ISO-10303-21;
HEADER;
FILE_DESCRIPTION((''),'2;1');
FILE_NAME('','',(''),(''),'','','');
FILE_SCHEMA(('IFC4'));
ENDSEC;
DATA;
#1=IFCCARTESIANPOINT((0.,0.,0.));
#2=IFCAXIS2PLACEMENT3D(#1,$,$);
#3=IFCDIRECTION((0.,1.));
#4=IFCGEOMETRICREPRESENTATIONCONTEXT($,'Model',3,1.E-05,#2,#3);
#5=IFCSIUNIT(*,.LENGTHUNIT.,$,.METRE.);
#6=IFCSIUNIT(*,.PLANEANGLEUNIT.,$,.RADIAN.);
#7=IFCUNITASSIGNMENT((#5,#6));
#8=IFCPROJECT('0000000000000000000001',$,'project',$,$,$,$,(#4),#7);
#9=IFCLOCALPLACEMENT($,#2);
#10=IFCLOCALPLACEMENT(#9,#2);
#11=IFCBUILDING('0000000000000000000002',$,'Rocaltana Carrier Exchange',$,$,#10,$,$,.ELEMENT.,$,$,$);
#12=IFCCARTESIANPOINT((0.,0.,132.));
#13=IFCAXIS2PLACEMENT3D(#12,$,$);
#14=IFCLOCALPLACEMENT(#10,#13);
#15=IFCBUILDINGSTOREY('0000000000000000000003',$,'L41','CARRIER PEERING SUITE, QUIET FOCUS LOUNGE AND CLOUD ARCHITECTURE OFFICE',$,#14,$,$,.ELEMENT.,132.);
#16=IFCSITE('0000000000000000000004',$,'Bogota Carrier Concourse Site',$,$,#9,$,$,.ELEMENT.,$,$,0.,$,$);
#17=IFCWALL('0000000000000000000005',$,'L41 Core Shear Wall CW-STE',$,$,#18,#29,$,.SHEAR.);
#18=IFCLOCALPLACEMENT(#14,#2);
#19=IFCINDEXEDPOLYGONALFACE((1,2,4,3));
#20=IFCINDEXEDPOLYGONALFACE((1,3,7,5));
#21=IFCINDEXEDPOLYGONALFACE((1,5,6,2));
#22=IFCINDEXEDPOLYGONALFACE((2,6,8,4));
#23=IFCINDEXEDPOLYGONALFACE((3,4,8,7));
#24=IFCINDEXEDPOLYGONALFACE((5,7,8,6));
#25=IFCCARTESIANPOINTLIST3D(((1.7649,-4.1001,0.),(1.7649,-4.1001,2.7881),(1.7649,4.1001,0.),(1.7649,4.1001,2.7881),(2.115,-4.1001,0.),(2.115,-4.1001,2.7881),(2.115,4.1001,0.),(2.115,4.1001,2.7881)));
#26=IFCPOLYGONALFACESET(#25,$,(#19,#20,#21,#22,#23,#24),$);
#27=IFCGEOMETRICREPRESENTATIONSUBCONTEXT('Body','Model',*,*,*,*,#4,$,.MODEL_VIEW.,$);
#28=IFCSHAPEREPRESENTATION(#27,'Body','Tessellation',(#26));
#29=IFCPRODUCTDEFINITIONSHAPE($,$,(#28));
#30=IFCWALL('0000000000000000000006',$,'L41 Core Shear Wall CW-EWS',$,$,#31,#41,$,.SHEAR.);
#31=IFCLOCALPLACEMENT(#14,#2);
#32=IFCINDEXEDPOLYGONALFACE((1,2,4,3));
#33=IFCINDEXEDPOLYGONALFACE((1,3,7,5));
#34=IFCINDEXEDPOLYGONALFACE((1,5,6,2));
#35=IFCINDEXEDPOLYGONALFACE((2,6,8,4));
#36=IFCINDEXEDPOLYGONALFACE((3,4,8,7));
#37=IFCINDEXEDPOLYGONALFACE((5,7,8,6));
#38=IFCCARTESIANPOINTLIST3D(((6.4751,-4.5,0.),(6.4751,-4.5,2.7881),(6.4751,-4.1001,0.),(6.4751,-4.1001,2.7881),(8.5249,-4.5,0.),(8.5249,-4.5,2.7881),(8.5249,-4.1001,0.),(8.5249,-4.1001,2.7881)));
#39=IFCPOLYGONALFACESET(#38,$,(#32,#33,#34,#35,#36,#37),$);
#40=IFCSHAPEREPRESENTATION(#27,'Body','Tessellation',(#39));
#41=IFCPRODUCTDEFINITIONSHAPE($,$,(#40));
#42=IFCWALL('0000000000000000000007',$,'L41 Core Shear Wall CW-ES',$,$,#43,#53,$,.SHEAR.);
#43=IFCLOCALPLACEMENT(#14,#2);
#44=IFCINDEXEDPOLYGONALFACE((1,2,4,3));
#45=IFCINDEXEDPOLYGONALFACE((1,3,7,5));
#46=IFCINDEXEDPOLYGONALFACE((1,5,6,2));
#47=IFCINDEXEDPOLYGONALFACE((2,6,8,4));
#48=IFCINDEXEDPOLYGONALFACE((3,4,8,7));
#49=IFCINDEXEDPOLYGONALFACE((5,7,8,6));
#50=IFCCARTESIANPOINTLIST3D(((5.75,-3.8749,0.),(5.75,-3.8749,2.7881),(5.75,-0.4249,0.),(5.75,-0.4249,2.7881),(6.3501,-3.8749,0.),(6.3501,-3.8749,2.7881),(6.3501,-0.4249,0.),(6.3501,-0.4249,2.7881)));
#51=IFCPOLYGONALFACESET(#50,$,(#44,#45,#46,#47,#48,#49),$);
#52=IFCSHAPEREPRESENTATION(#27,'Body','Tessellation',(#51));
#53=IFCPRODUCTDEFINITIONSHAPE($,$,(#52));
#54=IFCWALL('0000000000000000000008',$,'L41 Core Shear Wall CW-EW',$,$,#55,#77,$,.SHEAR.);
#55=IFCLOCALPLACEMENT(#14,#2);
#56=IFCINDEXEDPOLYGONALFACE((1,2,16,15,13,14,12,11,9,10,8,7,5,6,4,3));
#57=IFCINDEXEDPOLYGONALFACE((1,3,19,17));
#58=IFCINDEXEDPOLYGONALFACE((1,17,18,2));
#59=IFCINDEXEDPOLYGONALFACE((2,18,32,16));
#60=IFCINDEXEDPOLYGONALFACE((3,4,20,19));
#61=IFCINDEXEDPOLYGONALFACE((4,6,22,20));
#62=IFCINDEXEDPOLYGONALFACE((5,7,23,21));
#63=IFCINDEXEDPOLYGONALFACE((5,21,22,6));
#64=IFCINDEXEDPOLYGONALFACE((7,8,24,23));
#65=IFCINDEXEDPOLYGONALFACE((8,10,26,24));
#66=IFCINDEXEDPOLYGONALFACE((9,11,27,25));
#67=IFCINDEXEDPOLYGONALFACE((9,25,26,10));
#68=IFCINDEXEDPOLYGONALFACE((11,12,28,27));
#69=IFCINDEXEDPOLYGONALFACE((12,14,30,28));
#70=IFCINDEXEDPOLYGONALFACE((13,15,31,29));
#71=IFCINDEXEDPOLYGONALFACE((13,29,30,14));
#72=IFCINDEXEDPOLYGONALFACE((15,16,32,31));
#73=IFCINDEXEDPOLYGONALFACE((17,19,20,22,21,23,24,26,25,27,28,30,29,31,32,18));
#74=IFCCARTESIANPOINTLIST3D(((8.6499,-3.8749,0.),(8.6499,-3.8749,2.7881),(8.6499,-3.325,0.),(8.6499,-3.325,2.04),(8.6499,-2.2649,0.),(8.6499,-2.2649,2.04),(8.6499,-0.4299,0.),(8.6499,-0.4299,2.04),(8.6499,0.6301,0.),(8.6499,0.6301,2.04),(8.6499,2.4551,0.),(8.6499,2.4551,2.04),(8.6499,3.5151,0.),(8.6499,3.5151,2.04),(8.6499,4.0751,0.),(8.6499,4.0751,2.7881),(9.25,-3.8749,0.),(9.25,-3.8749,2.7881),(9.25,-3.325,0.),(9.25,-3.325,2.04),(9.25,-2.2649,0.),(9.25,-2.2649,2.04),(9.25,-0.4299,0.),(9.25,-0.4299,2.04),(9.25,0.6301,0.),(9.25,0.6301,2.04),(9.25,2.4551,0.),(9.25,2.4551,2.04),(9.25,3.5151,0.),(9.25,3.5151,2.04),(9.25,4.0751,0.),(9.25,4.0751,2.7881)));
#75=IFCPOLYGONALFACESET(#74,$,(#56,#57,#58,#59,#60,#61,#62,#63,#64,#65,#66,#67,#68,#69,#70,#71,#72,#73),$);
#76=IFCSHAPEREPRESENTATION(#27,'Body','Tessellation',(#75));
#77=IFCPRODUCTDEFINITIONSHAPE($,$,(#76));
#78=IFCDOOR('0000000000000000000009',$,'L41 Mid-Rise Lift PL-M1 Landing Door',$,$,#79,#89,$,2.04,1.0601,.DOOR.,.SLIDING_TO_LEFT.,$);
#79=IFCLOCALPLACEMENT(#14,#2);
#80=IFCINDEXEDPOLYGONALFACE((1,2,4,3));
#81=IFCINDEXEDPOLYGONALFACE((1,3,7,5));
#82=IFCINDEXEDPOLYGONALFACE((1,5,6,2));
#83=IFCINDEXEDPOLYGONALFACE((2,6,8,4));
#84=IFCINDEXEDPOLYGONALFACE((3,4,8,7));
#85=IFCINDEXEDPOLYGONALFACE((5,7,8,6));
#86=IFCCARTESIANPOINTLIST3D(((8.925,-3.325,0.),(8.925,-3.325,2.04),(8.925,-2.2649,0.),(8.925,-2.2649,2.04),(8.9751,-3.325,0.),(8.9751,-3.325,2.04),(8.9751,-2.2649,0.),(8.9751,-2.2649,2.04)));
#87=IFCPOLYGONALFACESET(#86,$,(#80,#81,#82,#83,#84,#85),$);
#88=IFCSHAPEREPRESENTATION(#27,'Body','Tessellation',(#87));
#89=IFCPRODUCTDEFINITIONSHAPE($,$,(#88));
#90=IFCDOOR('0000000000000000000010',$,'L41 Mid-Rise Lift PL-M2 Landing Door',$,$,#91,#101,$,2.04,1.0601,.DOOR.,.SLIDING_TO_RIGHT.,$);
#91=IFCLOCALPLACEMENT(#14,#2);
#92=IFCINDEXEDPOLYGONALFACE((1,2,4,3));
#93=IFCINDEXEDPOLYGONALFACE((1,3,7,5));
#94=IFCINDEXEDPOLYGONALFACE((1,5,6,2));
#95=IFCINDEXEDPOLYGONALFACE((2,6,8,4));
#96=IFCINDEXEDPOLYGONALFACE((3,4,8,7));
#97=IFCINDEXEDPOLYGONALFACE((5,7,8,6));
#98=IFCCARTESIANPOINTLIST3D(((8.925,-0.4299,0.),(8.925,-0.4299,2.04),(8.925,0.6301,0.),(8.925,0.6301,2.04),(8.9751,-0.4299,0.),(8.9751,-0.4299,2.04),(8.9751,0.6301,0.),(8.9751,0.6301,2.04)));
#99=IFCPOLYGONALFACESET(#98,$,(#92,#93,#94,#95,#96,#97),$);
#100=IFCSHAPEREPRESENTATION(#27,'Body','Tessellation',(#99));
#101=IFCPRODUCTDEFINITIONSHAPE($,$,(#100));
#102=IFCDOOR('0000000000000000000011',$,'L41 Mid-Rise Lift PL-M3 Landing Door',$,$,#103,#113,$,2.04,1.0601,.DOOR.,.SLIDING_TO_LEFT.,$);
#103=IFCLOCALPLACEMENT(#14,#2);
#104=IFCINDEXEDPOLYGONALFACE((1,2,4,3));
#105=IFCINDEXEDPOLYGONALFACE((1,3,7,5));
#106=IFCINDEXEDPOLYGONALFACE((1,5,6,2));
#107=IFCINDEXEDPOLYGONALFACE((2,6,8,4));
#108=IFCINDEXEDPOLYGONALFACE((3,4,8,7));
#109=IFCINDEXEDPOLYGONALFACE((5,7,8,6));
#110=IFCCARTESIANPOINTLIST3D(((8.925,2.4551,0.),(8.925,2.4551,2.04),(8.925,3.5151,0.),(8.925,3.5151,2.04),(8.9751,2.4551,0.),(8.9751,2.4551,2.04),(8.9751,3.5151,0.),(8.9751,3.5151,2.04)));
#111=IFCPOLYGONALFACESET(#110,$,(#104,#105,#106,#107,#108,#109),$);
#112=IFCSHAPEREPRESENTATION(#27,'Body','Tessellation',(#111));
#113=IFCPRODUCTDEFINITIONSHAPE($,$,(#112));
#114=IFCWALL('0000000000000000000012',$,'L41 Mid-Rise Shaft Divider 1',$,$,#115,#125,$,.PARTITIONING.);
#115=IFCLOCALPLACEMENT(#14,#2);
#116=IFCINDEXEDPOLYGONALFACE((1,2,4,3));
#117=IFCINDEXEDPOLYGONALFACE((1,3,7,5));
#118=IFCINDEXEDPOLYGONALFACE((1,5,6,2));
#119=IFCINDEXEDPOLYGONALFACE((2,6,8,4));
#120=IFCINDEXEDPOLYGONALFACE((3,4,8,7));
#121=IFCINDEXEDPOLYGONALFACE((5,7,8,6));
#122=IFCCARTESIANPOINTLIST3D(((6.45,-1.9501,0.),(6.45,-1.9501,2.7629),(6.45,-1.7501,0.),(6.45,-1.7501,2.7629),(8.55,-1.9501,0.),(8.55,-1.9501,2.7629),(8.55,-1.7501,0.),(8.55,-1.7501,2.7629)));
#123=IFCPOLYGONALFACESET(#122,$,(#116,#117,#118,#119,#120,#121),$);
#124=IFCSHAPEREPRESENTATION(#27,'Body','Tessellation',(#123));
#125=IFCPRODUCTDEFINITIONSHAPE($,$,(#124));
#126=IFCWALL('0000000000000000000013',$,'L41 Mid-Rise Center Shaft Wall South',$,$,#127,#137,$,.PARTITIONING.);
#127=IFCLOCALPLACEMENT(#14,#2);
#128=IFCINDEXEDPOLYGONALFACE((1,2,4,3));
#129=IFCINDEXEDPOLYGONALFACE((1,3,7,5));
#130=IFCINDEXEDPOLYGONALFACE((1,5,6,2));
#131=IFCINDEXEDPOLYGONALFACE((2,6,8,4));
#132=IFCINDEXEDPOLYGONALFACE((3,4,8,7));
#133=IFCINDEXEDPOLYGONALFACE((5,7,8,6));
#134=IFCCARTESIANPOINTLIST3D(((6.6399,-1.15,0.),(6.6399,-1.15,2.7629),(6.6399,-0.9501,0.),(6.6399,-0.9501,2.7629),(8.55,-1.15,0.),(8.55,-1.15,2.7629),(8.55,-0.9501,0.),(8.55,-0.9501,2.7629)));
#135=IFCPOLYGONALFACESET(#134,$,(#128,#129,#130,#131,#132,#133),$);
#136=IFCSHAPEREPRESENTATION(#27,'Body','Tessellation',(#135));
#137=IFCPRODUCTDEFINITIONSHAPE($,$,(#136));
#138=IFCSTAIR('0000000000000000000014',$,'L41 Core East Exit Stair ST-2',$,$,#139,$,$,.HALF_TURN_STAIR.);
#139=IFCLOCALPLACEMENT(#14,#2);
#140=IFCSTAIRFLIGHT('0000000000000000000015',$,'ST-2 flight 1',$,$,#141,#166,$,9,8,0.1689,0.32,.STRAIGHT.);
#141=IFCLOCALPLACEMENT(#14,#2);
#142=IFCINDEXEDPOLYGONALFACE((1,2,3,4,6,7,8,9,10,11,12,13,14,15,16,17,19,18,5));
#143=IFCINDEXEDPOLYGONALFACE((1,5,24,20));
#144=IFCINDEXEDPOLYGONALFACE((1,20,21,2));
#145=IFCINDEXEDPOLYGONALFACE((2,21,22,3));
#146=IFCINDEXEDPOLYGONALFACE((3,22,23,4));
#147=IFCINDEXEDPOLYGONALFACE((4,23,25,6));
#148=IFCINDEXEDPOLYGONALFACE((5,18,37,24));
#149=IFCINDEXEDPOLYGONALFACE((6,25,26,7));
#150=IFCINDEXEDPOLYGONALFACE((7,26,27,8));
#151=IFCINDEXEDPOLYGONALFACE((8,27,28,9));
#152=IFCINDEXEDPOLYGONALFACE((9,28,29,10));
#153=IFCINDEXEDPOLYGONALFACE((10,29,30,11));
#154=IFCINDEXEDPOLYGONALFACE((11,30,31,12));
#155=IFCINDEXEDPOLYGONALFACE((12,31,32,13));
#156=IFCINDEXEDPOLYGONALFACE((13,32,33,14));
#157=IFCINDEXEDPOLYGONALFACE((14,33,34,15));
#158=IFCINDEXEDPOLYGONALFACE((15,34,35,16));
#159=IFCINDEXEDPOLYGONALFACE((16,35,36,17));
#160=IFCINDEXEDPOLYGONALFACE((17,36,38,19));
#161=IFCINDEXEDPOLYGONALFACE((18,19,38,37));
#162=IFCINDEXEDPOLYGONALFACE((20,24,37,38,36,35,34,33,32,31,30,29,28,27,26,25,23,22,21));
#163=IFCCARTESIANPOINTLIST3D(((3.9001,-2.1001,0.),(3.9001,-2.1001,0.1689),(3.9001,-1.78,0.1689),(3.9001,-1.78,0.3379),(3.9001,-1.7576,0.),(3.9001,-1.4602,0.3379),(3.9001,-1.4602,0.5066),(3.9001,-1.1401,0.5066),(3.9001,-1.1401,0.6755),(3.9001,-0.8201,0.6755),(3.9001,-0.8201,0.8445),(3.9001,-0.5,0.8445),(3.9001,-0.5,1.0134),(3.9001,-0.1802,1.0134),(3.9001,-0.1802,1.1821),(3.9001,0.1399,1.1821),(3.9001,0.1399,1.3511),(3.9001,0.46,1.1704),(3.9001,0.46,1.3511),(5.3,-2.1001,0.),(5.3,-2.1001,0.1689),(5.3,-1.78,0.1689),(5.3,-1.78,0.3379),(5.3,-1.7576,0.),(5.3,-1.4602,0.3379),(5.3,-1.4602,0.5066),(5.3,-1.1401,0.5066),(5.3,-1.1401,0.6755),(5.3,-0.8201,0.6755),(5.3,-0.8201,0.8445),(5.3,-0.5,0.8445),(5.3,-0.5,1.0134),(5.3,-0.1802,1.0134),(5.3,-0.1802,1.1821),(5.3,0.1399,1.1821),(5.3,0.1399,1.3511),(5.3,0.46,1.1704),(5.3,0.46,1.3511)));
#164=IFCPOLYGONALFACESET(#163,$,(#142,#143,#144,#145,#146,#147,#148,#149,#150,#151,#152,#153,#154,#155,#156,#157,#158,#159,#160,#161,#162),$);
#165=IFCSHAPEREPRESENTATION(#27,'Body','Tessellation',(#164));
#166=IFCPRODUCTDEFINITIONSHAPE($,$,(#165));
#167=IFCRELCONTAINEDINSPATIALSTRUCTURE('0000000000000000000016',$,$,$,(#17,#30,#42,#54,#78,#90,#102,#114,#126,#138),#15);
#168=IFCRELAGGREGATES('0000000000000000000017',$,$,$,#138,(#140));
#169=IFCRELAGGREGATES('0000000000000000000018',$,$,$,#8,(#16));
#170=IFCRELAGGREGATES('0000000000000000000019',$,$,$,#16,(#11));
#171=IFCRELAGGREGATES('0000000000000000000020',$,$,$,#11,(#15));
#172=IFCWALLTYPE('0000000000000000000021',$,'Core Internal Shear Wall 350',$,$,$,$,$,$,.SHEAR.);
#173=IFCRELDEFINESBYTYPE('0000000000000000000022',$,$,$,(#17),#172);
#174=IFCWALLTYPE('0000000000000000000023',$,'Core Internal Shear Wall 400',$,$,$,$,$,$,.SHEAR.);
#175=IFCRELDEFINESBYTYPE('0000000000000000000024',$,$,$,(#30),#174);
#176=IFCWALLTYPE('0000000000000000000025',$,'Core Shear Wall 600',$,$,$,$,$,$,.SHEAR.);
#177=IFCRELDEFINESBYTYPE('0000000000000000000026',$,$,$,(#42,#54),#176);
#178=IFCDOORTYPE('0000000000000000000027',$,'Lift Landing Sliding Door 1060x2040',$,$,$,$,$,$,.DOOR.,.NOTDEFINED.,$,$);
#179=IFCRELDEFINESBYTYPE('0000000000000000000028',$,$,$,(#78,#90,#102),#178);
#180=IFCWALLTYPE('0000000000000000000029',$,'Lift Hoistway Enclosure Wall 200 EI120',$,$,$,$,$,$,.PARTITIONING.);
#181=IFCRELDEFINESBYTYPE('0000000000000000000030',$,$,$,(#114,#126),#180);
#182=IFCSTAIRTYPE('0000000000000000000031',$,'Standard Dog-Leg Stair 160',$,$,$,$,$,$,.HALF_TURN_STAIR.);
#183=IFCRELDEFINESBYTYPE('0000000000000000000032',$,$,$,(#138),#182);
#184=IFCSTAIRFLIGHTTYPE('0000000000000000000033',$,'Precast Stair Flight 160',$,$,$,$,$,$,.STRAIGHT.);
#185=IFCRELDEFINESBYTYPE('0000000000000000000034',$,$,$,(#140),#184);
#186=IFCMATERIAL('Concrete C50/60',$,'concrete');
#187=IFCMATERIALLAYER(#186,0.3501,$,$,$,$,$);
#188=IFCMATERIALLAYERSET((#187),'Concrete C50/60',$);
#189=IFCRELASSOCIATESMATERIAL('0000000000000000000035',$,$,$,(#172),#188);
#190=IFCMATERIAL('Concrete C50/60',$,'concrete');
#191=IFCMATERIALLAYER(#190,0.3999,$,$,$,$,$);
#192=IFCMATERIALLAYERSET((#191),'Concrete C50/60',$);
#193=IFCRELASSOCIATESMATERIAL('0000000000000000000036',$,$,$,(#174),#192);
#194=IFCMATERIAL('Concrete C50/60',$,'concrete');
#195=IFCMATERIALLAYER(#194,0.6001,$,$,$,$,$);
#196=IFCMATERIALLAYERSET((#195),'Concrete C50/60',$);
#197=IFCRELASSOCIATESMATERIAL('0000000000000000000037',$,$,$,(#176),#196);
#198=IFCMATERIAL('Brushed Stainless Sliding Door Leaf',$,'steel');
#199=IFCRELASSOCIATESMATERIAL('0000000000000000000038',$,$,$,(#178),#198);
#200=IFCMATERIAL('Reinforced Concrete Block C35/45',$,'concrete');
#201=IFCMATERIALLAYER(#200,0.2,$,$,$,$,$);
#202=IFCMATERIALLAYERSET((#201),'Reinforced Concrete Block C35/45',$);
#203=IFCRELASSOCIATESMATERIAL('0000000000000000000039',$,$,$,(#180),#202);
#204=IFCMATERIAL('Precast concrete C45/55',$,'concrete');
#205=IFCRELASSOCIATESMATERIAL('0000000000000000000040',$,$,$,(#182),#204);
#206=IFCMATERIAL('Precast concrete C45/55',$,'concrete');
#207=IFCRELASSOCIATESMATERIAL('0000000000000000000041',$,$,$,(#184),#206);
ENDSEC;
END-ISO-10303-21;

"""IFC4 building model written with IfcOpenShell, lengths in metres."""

from ifc_helpers import new_model, si_unit, direction, frame, frame_2d, origin, place, context, subcontext, project, spatial, polyline, rectangle, outline, extrude, material, layer, layer_set, type_object, element, fill, aggregate, save


model = new_model("IFC4")

# Units and contexts
model_context = context("Model", 3, precision=1e-05, world=origin(), true_north=direction((0.0, 1.0)))
body_context = subcontext(model_context, "Body", "Model", "MODEL_VIEW")
ifc_project = project(units=[si_unit("LENGTHUNIT", "METRE"), si_unit("PLANEANGLEUNIT", "RADIAN")], contexts=[model_context])

# Site, building, storey
site_placement = place(None, origin())
site = spatial("IfcSite", under=ifc_project, at=site_placement, Name="Bogota Carrier Concourse Site", CompositionType="ELEMENT", RefElevation=0.0)
building_placement = place(site_placement, origin())
building = spatial("IfcBuilding", under=site, at=building_placement, Name="Rocaltana Carrier Exchange", CompositionType="ELEMENT")
storey_placement = place(building_placement, frame((0.0, 0.0, 132.0)))
storey = spatial("IfcBuildingStorey", under=building, at=storey_placement, Name="L41", Description="CARRIER PEERING SUITE, QUIET FOCUS LOUNGE AND CLOUD ARCHITECTURE OFFICE", CompositionType="ELEMENT", Elevation=132.0)

# Walls
ifc_material_1 = material(Name="Concrete C50/60", Category="concrete")
ifc_layer_1 = layer(ifc_material_1, 0.3501)
ifc_layer_set_1 = layer_set([ifc_layer_1], Name="Concrete C50/60")
wall_type_1 = type_object("IfcWallType", Name="Core Internal Shear Wall 350", PredefinedType="SHEAR", material=ifc_layer_set_1)
wall_1_placement = place(storey_placement, frame((1.9399, -4.1001, 0.0), z_axis=(0.0, 0.0, 1.0), x_axis=(0.0, 1.0, 0.0)))
element("IfcWall", 1, at=wall_1_placement, inside=storey, type_object=wall_type_1, Name="L41 Core Shear Wall CW-STE", PredefinedType="SHEAR", context=body_context, shape_type="SweptSolid", body=[
    extrude(rectangle(XDim=8.2002, YDim=0.3501, at=frame_2d((4.1001, 0.0))), origin(), (0.0, 0.0, 1.0), 2.7881),
])
ifc_material_2 = material(Name="Concrete C50/60", Category="concrete")
ifc_layer_2 = layer(ifc_material_2, 0.3999)
ifc_layer_set_2 = layer_set([ifc_layer_2], Name="Concrete C50/60")
wall_type_2 = type_object("IfcWallType", Name="Core Internal Shear Wall 400", PredefinedType="SHEAR", material=ifc_layer_set_2)
wall_2_placement = place(storey_placement, frame((6.4751, -4.3, 0.0), z_axis=(0.0, 0.0, 1.0), x_axis=(1.0, 0.0, 0.0)))
element("IfcWall", 2, at=wall_2_placement, inside=storey, type_object=wall_type_2, Name="L41 Core Shear Wall CW-EWS", PredefinedType="SHEAR", context=body_context, shape_type="SweptSolid", body=[
    extrude(rectangle(XDim=2.0498, YDim=0.3999, at=frame_2d((1.0249, 0.0))), origin(), (0.0, 0.0, 1.0), 2.7881),
])
ifc_material_3 = material(Name="Concrete C50/60", Category="concrete")
ifc_layer_3 = layer(ifc_material_3, 0.6001)
ifc_layer_set_3 = layer_set([ifc_layer_3], Name="Concrete C50/60")
wall_type_3 = type_object("IfcWallType", Name="Core Shear Wall 600", PredefinedType="SHEAR", material=ifc_layer_set_3)
wall_3_placement = place(storey_placement, frame((6.05, -3.875, 0.0), z_axis=(0.0, 0.0, 1.0), x_axis=(0.0, 1.0, 0.0)))
element("IfcWall", 3, at=wall_3_placement, inside=storey, type_object=wall_type_3, Name="L41 Core Shear Wall CW-ES", PredefinedType="SHEAR", context=body_context, shape_type="SweptSolid", body=[
    extrude(rectangle(XDim=3.45, YDim=0.6001, at=frame_2d((1.7251, 0.0))), origin(), (0.0, 0.0, 1.0), 2.7881),
])

# Wall, openings, doors
wall_4_placement = place(storey_placement, frame((8.95, -3.875, 0.0), z_axis=(0.0, 0.0, 1.0), x_axis=(0.0, 1.0, 0.0)))
wall_4 = element("IfcWall", 4, at=wall_4_placement, inside=storey, type_object=wall_type_3, Name="L41 Core Shear Wall CW-EW", PredefinedType="SHEAR", context=body_context, shape_type="SweptSolid", body=[
    extrude(rectangle(XDim=7.95, YDim=0.6001, at=frame_2d((3.9751, 0.0))), origin(), (0.0, 0.0, 1.0), 2.7881),
])
opening_1_placement = place(wall_4_placement, frame((0.55, 0.0, 0.0)))
opening_1 = element("IfcOpeningElement", 5, at=opening_1_placement, cuts=wall_4, PredefinedType="OPENING", context=body_context, shape_type="SweptSolid", body=[
    extrude(rectangle(XDim=1.0601, YDim=2.04, at=frame_2d((0.53, 1.02))), frame((0.0, 0.3101, 0.0), z_axis=(0.0, -1.0, 0.0), x_axis=(1.0, 0.0, 0.0)), (0.0, 0.0, 1.0), 0.6201),
])
opening_2_placement = place(wall_4_placement, frame((3.4451, 0.0, 0.0)))
opening_2 = element("IfcOpeningElement", 6, at=opening_2_placement, cuts=wall_4, PredefinedType="OPENING", context=body_context, shape_type="SweptSolid", body=[
    extrude(rectangle(XDim=1.0601, YDim=2.04, at=frame_2d((0.53, 1.02))), frame((0.0, 0.3101, 0.0), z_axis=(0.0, -1.0, 0.0), x_axis=(1.0, 0.0, 0.0)), (0.0, 0.0, 1.0), 0.6201),
])
opening_3_placement = place(wall_4_placement, frame((6.3301, 0.0, 0.0)))
opening_3 = element("IfcOpeningElement", 7, at=opening_3_placement, cuts=wall_4, PredefinedType="OPENING", context=body_context, shape_type="SweptSolid", body=[
    extrude(rectangle(XDim=1.0601, YDim=2.04, at=frame_2d((0.53, 1.02))), frame((0.0, 0.3101, 0.0), z_axis=(0.0, -1.0, 0.0), x_axis=(1.0, 0.0, 0.0)), (0.0, 0.0, 1.0), 0.6201),
])
ifc_material_4 = material(Name="Brushed Stainless Sliding Door Leaf", Category="steel")
door_type = type_object("IfcDoorType", Name="Lift Landing Sliding Door 1060x2040", OperationType="NOTDEFINED", PredefinedType="DOOR", material=ifc_material_4)
door_1_placement = place(opening_1_placement, origin())
door_1 = element("IfcDoor", 8, at=door_1_placement, inside=storey, type_object=door_type, Name="L41 Mid-Rise Lift PL-M1 Landing Door", OperationType="SLIDING_TO_LEFT", OverallHeight=2.04, OverallWidth=1.0601, PredefinedType="DOOR", context=body_context, shape_type="SweptSolid", body=[
    extrude(rectangle(XDim=1.0601, YDim=2.04, at=frame_2d((0.53, 1.02))), frame((0.0, 0.0249, 0.0), z_axis=(0.0, -1.0, 0.0), x_axis=(1.0, 0.0, 0.0)), (0.0, 0.0, 1.0), 0.05),
])
fill(opening_1, door_1)
door_2_placement = place(opening_2_placement, origin())
door_2 = element("IfcDoor", 9, at=door_2_placement, inside=storey, type_object=door_type, Name="L41 Mid-Rise Lift PL-M2 Landing Door", OperationType="SLIDING_TO_RIGHT", OverallHeight=2.04, OverallWidth=1.0601, PredefinedType="DOOR", context=body_context, shape_type="SweptSolid", body=[
    extrude(rectangle(XDim=1.0601, YDim=2.04, at=frame_2d((0.53, 1.02))), frame((0.0, 0.0249, 0.0), z_axis=(0.0, -1.0, 0.0), x_axis=(1.0, 0.0, 0.0)), (0.0, 0.0, 1.0), 0.05),
])
fill(opening_2, door_2)
door_3_placement = place(opening_3_placement, origin())
door_3 = element("IfcDoor", 10, at=door_3_placement, inside=storey, type_object=door_type, Name="L41 Mid-Rise Lift PL-M3 Landing Door", OperationType="SLIDING_TO_LEFT", OverallHeight=2.04, OverallWidth=1.0601, PredefinedType="DOOR", context=body_context, shape_type="SweptSolid", body=[
    extrude(rectangle(XDim=1.0601, YDim=2.04, at=frame_2d((0.53, 1.02))), frame((0.0, 0.0249, 0.0), z_axis=(0.0, -1.0, 0.0), x_axis=(1.0, 0.0, 0.0)), (0.0, 0.0, 1.0), 0.05),
])
fill(opening_3, door_3)

# Walls
ifc_material_5 = material(Name="Reinforced Concrete Block C35/45", Category="concrete")
ifc_layer_4 = layer(ifc_material_5, 0.2)
ifc_layer_set_4 = layer_set([ifc_layer_4], Name="Reinforced Concrete Block C35/45")
wall_type_4 = type_object("IfcWallType", Name="Lift Hoistway Enclosure Wall 200 EI120", PredefinedType="PARTITIONING", material=ifc_layer_set_4)
wall_5_placement = place(storey_placement, frame((6.45, -1.8501, 0.0), z_axis=(0.0, 0.0, 1.0), x_axis=(1.0, 0.0, 0.0)))
element("IfcWall", 11, at=wall_5_placement, inside=storey, type_object=wall_type_4, Name="L41 Mid-Rise Shaft Divider 1", PredefinedType="PARTITIONING", context=body_context, shape_type="SweptSolid", body=[
    extrude(rectangle(XDim=2.1001, YDim=0.2, at=frame_2d((1.05, 0.0))), origin(), (0.0, 0.0, 1.0), 2.7629),
])
wall_6_placement = place(storey_placement, frame((6.6399, -1.05, 0.0), z_axis=(0.0, 0.0, 1.0), x_axis=(1.0, 0.0, 0.0)))
element("IfcWall", 12, at=wall_6_placement, inside=storey, type_object=wall_type_4, Name="L41 Mid-Rise Center Shaft Wall South", PredefinedType="PARTITIONING", context=body_context, shape_type="SweptSolid", body=[
    extrude(rectangle(XDim=1.9102, YDim=0.2, at=frame_2d((0.9551, 0.0))), origin(), (0.0, 0.0, 1.0), 2.7629),
])

# Stair, stair flight
ifc_material_6 = material(Name="Precast concrete C45/55", Category="concrete")
stair_type = type_object("IfcStairType", Name="Standard Dog-Leg Stair 160", PredefinedType="HALF_TURN_STAIR", material=ifc_material_6)
stair_placement = place(storey_placement, origin())
stair = element("IfcStair", 13, at=stair_placement, inside=storey, type_object=stair_type, Name="L41 Core East Exit Stair ST-2", PredefinedType="HALF_TURN_STAIR")
ifc_material_7 = material(Name="Precast concrete C45/55", Category="concrete")
stair_flight_type = type_object("IfcStairFlightType", Name="Precast Stair Flight 160", PredefinedType="STRAIGHT", material=ifc_material_7)
stair_flight_placement = place(storey_placement, frame((4.6001, -2.1001, 0.0), z_axis=(0.0, 0.0, 1.0), x_axis=(0.0, 1.0, 0.0)))
stair_flight = element("IfcStairFlight", 14, at=stair_flight_placement, type_object=stair_flight_type, Name="ST-2 flight 1", NumberOfRisers=9, NumberOfTreads=8, PredefinedType="STRAIGHT", RiserHeight=0.1689, TreadLength=0.32, context=body_context, shape_type="SweptSolid", body=[
    extrude(outline(polyline([(0.0, 0.0), (0.0, 0.1689), (0.3201, 0.1689), (0.3201, 0.3379), (0.6399, 0.3379), (0.6399, 0.5066), (0.96, 0.5066), (0.96, 0.6755), (1.28, 0.6755), (1.28, 0.8445), (1.6001, 0.8445), (1.6001, 1.0134), (1.9199, 1.0134), (1.9199, 1.1821), (2.24, 1.1821), (2.24, 1.3511), (2.5601, 1.3511), (2.5601, 1.52), (2.5601, 1.1704), (0.3425, 0.0), (0.0, 0.0)])), frame((0.0, 0.7, 0.0), z_axis=(0.0, -1.0, 0.0), x_axis=(1.0, 0.0, 0.0)), (0.0, 0.0, 1.0), 1.3999),
])
aggregate(stair, [stair_flight])

save(model, "model.ifc")
